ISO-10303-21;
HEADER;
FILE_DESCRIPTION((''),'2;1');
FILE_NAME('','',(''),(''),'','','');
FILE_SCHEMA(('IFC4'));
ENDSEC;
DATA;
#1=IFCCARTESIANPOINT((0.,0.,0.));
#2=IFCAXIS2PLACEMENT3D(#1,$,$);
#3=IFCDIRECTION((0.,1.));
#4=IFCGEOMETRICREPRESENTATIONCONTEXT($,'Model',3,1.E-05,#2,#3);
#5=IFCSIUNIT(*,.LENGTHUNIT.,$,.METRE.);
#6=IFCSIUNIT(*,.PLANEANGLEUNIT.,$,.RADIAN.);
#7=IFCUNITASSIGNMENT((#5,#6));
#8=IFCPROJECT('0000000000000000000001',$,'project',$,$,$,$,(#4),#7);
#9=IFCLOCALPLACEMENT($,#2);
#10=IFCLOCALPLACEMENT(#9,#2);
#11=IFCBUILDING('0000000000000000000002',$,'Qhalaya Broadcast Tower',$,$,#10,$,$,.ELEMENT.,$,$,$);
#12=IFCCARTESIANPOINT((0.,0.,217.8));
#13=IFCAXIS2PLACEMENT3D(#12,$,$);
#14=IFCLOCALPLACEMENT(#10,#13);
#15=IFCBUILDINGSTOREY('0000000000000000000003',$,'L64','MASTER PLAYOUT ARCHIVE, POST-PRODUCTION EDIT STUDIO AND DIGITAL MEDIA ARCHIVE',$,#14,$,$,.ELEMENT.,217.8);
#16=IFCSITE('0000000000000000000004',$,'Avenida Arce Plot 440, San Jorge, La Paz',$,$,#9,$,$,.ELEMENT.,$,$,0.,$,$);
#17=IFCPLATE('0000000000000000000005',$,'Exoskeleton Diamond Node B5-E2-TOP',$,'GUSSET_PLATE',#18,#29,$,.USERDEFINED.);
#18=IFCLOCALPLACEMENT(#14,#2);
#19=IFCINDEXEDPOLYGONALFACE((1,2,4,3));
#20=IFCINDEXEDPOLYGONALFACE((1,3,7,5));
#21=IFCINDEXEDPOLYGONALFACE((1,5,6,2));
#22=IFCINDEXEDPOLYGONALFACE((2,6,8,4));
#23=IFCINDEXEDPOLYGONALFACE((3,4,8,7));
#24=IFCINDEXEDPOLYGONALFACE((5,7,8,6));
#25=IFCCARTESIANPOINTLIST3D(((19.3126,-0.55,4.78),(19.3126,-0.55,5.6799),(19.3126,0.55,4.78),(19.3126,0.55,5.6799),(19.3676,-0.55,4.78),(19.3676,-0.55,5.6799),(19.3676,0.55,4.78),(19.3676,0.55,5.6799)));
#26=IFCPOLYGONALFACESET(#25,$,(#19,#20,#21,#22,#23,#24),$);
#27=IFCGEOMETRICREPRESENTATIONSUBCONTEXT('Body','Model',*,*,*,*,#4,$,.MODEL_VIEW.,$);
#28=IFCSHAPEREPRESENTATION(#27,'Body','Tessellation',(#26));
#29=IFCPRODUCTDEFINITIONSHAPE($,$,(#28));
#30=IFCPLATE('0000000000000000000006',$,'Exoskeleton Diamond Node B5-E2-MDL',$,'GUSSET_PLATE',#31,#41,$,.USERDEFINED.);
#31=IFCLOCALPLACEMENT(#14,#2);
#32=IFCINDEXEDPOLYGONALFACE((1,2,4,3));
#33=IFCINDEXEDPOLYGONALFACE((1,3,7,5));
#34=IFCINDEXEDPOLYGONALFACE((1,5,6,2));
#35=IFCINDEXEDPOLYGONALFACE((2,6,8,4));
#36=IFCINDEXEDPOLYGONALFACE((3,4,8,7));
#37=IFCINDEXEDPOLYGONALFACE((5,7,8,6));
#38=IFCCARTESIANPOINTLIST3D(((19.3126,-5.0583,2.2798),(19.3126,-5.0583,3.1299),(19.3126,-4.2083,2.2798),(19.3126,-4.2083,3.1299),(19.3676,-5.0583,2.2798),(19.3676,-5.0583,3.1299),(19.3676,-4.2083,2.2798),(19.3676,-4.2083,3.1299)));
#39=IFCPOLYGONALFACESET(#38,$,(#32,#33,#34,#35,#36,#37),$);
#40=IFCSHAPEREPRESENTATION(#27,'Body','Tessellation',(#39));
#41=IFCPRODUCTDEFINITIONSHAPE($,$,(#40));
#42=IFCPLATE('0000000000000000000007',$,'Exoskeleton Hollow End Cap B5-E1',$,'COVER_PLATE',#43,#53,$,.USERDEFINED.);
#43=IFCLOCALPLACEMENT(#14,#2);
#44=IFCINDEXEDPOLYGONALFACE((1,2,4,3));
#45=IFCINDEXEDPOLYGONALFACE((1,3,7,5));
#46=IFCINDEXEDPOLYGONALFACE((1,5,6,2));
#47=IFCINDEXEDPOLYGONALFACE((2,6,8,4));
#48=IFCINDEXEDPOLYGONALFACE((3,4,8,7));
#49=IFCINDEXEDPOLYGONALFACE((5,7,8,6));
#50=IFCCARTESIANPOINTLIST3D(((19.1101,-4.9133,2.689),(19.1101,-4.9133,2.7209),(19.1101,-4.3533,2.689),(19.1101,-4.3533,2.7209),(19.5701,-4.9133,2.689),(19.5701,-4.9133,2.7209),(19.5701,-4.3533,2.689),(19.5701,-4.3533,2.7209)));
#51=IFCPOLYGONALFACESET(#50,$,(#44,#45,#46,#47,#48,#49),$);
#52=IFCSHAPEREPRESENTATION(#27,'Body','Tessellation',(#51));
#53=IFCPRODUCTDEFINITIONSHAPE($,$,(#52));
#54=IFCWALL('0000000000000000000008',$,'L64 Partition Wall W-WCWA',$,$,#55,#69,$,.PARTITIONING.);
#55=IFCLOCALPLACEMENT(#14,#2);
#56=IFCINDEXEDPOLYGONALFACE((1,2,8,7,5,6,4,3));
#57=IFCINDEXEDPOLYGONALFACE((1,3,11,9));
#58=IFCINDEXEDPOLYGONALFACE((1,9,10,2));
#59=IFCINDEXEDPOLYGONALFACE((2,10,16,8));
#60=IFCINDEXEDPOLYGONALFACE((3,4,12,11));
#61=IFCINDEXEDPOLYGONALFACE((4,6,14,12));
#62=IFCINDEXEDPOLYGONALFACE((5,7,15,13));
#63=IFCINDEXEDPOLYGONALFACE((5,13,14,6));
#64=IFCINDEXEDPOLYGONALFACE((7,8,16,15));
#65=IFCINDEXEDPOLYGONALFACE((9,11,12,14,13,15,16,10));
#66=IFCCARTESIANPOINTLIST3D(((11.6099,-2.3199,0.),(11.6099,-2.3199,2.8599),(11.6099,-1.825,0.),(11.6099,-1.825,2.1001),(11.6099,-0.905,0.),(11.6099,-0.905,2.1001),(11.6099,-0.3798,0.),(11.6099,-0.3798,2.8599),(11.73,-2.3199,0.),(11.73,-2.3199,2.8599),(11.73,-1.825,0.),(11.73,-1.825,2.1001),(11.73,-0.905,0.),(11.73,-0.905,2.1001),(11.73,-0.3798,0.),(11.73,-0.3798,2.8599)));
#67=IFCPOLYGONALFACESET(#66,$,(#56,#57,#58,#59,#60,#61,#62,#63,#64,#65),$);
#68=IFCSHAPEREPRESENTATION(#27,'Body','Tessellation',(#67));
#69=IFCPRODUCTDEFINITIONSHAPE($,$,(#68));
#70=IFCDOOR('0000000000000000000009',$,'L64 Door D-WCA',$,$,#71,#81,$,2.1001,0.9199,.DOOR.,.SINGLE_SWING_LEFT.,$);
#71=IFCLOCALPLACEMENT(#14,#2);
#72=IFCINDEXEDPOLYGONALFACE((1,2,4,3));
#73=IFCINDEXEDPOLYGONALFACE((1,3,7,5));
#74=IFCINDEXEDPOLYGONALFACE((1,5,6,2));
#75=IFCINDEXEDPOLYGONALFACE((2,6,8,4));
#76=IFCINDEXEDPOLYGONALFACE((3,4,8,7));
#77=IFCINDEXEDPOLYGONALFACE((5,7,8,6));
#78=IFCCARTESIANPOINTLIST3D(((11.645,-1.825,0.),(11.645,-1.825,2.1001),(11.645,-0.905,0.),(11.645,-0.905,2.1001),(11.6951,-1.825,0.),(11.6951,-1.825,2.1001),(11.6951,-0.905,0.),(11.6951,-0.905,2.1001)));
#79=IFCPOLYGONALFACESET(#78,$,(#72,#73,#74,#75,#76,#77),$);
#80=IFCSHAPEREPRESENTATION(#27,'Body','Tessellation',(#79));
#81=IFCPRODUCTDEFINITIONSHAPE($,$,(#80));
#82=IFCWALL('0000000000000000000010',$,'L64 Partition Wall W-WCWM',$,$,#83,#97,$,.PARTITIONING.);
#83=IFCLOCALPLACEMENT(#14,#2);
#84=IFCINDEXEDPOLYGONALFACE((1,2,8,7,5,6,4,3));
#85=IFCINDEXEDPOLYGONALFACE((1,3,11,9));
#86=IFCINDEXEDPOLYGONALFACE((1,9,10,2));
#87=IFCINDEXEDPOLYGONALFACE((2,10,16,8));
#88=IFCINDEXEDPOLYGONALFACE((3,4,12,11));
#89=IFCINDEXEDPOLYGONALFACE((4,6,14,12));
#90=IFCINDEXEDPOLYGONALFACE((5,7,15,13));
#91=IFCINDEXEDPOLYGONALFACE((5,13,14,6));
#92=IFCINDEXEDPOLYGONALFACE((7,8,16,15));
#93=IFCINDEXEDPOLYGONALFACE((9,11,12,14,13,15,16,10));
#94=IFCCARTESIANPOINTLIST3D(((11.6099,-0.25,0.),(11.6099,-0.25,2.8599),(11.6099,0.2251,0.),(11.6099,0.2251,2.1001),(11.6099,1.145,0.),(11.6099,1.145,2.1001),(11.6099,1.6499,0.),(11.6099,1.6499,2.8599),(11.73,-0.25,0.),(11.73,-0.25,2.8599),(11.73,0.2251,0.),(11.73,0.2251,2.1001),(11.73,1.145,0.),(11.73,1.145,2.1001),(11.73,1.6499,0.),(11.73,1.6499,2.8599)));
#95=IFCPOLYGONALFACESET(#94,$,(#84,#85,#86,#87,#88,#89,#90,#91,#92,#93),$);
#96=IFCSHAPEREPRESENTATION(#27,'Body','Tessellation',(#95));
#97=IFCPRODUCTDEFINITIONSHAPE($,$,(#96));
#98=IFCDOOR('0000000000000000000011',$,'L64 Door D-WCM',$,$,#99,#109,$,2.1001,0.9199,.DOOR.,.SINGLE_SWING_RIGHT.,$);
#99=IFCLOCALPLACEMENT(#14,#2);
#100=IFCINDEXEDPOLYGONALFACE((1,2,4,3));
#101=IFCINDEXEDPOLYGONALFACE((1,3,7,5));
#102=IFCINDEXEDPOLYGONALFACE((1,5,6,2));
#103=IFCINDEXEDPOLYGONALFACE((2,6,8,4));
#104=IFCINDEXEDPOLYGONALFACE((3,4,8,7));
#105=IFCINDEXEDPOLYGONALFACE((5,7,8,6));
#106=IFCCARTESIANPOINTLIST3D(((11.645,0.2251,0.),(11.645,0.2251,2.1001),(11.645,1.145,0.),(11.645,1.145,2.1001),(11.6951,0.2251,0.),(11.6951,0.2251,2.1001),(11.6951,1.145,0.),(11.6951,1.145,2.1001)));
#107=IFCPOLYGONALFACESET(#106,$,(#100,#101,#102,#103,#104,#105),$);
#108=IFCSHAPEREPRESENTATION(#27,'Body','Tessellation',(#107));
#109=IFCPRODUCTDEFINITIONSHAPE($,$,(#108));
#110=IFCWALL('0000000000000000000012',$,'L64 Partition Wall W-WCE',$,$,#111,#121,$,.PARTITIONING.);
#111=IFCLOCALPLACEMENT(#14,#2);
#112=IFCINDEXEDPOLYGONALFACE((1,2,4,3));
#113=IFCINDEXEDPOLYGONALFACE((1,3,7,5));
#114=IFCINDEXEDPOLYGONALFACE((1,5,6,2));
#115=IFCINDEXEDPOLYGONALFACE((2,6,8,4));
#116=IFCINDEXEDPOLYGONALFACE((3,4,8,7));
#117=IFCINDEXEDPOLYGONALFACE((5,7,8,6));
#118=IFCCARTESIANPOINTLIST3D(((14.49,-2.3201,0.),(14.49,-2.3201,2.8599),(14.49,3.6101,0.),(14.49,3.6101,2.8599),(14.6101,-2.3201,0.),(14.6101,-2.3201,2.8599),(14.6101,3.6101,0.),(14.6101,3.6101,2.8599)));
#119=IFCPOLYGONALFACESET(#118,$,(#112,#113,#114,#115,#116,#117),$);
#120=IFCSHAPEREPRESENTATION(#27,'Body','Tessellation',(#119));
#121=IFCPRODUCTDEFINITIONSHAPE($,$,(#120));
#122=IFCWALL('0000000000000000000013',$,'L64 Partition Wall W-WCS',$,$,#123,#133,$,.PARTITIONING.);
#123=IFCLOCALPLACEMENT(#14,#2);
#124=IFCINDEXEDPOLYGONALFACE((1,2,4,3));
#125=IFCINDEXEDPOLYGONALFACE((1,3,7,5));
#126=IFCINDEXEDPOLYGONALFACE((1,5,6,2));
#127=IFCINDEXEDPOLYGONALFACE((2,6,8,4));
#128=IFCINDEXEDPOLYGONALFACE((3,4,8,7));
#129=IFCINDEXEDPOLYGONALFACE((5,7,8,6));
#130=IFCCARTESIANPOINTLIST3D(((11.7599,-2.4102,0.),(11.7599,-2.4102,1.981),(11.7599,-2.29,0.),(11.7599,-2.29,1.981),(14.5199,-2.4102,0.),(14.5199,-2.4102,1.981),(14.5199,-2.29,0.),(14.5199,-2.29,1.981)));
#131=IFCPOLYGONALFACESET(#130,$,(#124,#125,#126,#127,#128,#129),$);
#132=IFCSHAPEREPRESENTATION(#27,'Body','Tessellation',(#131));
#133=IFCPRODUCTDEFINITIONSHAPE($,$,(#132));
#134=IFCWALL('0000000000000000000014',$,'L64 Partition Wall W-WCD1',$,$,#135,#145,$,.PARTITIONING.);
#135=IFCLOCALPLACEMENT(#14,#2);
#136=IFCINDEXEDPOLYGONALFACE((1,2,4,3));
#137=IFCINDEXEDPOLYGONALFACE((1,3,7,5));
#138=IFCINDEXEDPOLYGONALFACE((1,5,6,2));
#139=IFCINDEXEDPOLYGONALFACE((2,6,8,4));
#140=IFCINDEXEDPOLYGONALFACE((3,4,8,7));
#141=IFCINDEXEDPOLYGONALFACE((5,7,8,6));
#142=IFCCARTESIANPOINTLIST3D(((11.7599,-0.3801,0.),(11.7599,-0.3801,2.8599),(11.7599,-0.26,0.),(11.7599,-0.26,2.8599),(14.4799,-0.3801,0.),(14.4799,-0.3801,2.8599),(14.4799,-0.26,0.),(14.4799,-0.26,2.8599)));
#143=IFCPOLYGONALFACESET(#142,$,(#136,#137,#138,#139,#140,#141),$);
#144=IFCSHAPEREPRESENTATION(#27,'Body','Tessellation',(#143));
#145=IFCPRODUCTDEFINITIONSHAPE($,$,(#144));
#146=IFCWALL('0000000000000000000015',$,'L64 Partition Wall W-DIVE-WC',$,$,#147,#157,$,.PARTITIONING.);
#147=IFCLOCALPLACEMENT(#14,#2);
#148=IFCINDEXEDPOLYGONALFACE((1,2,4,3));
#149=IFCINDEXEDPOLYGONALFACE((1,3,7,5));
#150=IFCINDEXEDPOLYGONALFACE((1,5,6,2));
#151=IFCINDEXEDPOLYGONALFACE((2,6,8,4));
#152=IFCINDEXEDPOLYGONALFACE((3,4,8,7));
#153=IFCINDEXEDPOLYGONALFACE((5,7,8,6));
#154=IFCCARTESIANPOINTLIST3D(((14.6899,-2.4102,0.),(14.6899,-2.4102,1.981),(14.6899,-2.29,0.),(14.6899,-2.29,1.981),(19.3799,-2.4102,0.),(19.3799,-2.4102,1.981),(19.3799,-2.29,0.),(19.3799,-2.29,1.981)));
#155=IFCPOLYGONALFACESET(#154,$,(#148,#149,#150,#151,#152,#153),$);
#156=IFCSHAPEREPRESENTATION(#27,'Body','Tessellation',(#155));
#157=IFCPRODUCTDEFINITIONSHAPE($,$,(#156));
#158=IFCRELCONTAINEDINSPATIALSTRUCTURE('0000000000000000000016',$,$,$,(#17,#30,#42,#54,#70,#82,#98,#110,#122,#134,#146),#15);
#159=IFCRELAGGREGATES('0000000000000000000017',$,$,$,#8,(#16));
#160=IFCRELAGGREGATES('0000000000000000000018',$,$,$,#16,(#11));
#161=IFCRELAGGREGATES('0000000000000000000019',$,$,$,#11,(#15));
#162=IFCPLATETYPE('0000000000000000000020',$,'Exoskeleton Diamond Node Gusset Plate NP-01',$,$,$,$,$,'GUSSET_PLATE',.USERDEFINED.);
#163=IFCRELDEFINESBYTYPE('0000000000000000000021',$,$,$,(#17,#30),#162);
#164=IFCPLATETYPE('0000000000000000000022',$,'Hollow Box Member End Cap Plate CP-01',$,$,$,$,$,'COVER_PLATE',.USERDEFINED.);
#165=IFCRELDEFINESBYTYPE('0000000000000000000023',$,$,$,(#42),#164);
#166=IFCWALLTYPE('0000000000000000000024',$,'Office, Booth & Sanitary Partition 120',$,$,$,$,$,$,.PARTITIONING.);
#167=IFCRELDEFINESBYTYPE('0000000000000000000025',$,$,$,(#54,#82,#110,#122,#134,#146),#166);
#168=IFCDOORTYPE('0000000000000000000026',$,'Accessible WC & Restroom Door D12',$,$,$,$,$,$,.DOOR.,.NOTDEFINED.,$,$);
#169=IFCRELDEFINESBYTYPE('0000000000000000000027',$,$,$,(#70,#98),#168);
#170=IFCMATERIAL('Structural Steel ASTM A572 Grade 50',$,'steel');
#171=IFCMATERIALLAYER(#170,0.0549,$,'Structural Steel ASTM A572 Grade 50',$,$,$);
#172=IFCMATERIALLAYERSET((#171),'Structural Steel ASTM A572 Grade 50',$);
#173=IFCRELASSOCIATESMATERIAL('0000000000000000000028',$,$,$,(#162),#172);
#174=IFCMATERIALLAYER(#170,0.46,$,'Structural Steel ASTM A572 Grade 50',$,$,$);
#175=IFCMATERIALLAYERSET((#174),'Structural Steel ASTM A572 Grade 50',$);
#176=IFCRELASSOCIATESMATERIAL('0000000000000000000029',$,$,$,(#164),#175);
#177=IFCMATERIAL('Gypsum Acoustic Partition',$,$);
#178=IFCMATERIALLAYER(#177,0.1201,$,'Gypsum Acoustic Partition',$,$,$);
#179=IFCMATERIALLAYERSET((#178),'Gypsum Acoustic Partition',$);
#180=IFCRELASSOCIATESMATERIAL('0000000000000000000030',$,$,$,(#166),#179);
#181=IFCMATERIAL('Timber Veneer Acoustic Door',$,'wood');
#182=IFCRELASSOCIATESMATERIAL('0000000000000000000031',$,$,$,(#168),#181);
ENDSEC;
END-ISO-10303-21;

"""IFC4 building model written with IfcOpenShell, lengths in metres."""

from ifc_helpers import new_model, si_unit, direction, frame, frame_2d, origin, origin_2d, place, context, subcontext, project, spatial, rectangle, extrude, material, layer, layer_set, type_object, element, fill, save


model = new_model("IFC4")

# Units and contexts
model_context = context("Model", 3, precision=1e-05, world=origin(), true_north=direction((0.0, 1.0)))
body_context = subcontext(model_context, "Body", "Model", "MODEL_VIEW")
ifc_project = project(units=[si_unit("LENGTHUNIT", "METRE"), si_unit("PLANEANGLEUNIT", "RADIAN")], contexts=[model_context])

# Site, building, storey
site_placement = place(None, origin())
site = spatial("IfcSite", under=ifc_project, at=site_placement, Name="Avenida Arce Plot 440, San Jorge, La Paz", CompositionType="ELEMENT", RefElevation=0.0)
building_placement = place(site_placement, origin())
building = spatial("IfcBuilding", under=site, at=building_placement, Name="Qhalaya Broadcast Tower", CompositionType="ELEMENT")
storey_placement = place(building_placement, frame((0.0, 0.0, 217.8)))
storey = spatial("IfcBuildingStorey", under=building, at=storey_placement, Name="L64", Description="MASTER PLAYOUT ARCHIVE, POST-PRODUCTION EDIT STUDIO AND DIGITAL MEDIA ARCHIVE", CompositionType="ELEMENT", Elevation=217.8)

# Shared definitions
ifc_material_1 = material(Name="Structural Steel ASTM A572 Grade 50", Category="steel")

# Plates
ifc_layer_1 = layer(ifc_material_1, 0.0549, Name="Structural Steel ASTM A572 Grade 50")
ifc_layer_set_1 = layer_set([ifc_layer_1], Name="Structural Steel ASTM A572 Grade 50")
plate_type_1 = type_object("IfcPlateType", Name="Exoskeleton Diamond Node Gusset Plate NP-01", ElementType="GUSSET_PLATE", PredefinedType="USERDEFINED", material=ifc_layer_set_1)
for number, where, z_axis, x_axis, name in (
    (1, (19.3401, 0.0, 4.78), (0.0, 0.0, 1.0), (0.0, 1.0, 0.0), "Exoskeleton Diamond Node B5-E2-TOP"),
):
    element("IfcPlate", number, at=place(storey_placement, frame(where, z_axis=z_axis, x_axis=x_axis)), inside=storey, type_object=plate_type_1, Name=name, ObjectType="GUSSET_PLATE", PredefinedType="USERDEFINED", context=body_context, shape_type="SweptSolid", body=[
        extrude(rectangle(XDim=1.1001, YDim=0.0549, at=origin_2d()), origin(), (0.0, 0.0, 1.0), 0.8999),
    ])
plate_1_placement = place(storey_placement, frame((19.3401, -4.6333, 2.2798), z_axis=(0.0, 0.0, 1.0), x_axis=(0.0, 1.0, 0.0)))
element("IfcPlate", 2, at=plate_1_placement, inside=storey, type_object=plate_type_1, Name="Exoskeleton Diamond Node B5-E2-MDL", ObjectType="GUSSET_PLATE", PredefinedType="USERDEFINED", context=body_context, shape_type="SweptSolid", body=[
    extrude(rectangle(XDim=0.8501, YDim=0.0549, at=origin_2d()), origin(), (0.0, 0.0, 1.0), 0.8501),
])
ifc_layer_2 = layer(ifc_material_1, 0.46, Name="Structural Steel ASTM A572 Grade 50")
ifc_layer_set_2 = layer_set([ifc_layer_2], Name="Structural Steel ASTM A572 Grade 50")
plate_type_2 = type_object("IfcPlateType", Name="Hollow Box Member End Cap Plate CP-01", ElementType="COVER_PLATE", PredefinedType="USERDEFINED", material=ifc_layer_set_2)
plate_2_placement = place(storey_placement, frame((19.3401, -4.6333, 2.689), z_axis=(0.0, 0.0, 1.0), x_axis=(0.0, 1.0, 0.0)))
element("IfcPlate", 3, at=plate_2_placement, inside=storey, type_object=plate_type_2, Name="Exoskeleton Hollow End Cap B5-E1", ObjectType="COVER_PLATE", PredefinedType="USERDEFINED", context=body_context, shape_type="SweptSolid", body=[
    extrude(rectangle(XDim=0.5601, YDim=0.46, at=origin_2d()), origin(), (0.0, 0.0, 1.0), 0.032),
])

# Walls, openings, doors
ifc_material_2 = material(Name="Gypsum Acoustic Partition")
ifc_layer_3 = layer(ifc_material_2, 0.1201, Name="Gypsum Acoustic Partition")
ifc_layer_set_3 = layer_set([ifc_layer_3], Name="Gypsum Acoustic Partition")
wall_type = type_object("IfcWallType", Name="Office, Booth & Sanitary Partition 120", PredefinedType="PARTITIONING", material=ifc_layer_set_3)
wall_1_placement = place(storey_placement, frame((11.6699, -2.3201, 0.0), z_axis=(0.0, 0.0, 1.0), x_axis=(0.0, 1.0, 0.0)))
wall_1 = element("IfcWall", 4, at=wall_1_placement, inside=storey, type_object=wall_type, Name="L64 Partition Wall W-WCWA", PredefinedType="PARTITIONING", context=body_context, shape_type="SweptSolid", body=[
    extrude(rectangle(XDim=1.9402, YDim=0.1201, at=frame_2d((0.9702, 0.0))), origin(), (0.0, 0.0, 1.0), 2.8599),
])
opening_1_placement = place(wall_1_placement, frame((0.4951, 0.0, 0.0)))
opening_1 = element("IfcOpeningElement", 5, at=opening_1_placement, cuts=wall_1, PredefinedType="OPENING", context=body_context, shape_type="SweptSolid", body=[
    extrude(rectangle(XDim=0.9199, YDim=2.1001, at=frame_2d((0.46, 1.05))), frame((0.0, 0.072, 0.0), z_axis=(0.0, -1.0, 0.0), x_axis=(1.0, 0.0, 0.0)), (0.0, 0.0, 1.0), 0.144),
])
ifc_material_3 = material(Name="Timber Veneer Acoustic Door", Category="wood")
door_type = type_object("IfcDoorType", Name="Accessible WC & Restroom Door D12", OperationType="NOTDEFINED", PredefinedType="DOOR", material=ifc_material_3)
door_1_placement = place(opening_1_placement, origin())
door_1 = element("IfcDoor", 6, at=door_1_placement, inside=storey, type_object=door_type, Name="L64 Door D-WCA", OperationType="SINGLE_SWING_LEFT", OverallHeight=2.1001, OverallWidth=0.9199, PredefinedType="DOOR", context=body_context, shape_type="SweptSolid", body=[
    extrude(rectangle(XDim=0.9199, YDim=2.1001, at=frame_2d((0.46, 1.05))), frame((0.0, 0.0249, 0.0), z_axis=(0.0, -1.0, 0.0), x_axis=(1.0, 0.0, 0.0)), (0.0, 0.0, 1.0), 0.05),
])
fill(opening_1, door_1)
wall_2_placement = place(storey_placement, frame((11.6699, -0.25, 0.0), z_axis=(0.0, 0.0, 1.0), x_axis=(0.0, 1.0, 0.0)))
wall_2 = element("IfcWall", 7, at=wall_2_placement, inside=storey, type_object=wall_type, Name="L64 Partition Wall W-WCWM", PredefinedType="PARTITIONING", context=body_context, shape_type="SweptSolid", body=[
    extrude(rectangle(XDim=1.8999, YDim=0.1201, at=frame_2d((0.95, 0.0))), origin(), (0.0, 0.0, 1.0), 2.8599),
])
opening_2_placement = place(wall_2_placement, frame((0.4751, 0.0, 0.0)))
opening_2 = element("IfcOpeningElement", 8, at=opening_2_placement, cuts=wall_2, PredefinedType="OPENING", context=body_context, shape_type="SweptSolid", body=[
    extrude(rectangle(XDim=0.9199, YDim=2.1001, at=frame_2d((0.46, 1.05))), frame((0.0, 0.072, 0.0), z_axis=(0.0, -1.0, 0.0), x_axis=(1.0, 0.0, 0.0)), (0.0, 0.0, 1.0), 0.144),
])
door_2_placement = place(opening_2_placement, origin())
door_2 = element("IfcDoor", 9, at=door_2_placement, inside=storey, type_object=door_type, Name="L64 Door D-WCM", OperationType="SINGLE_SWING_RIGHT", OverallHeight=2.1001, OverallWidth=0.9199, PredefinedType="DOOR", context=body_context, shape_type="SweptSolid", body=[
    extrude(rectangle(XDim=0.9199, YDim=2.1001, at=frame_2d((0.46, 1.05))), frame((0.0, 0.0249, 0.0), z_axis=(0.0, -1.0, 0.0), x_axis=(1.0, 0.0, 0.0)), (0.0, 0.0, 1.0), 0.05),
])
fill(opening_2, door_2)

# Walls
wall_3_placement = place(storey_placement, frame((14.55, -2.3201, 0.0), z_axis=(0.0, 0.0, 1.0), x_axis=(0.0, 1.0, 0.0)))
element("IfcWall", 10, at=wall_3_placement, inside=storey, type_object=wall_type, Name="L64 Partition Wall W-WCE", PredefinedType="PARTITIONING", context=body_context, shape_type="SweptSolid", body=[
    extrude(rectangle(XDim=5.9302, YDim=0.1201, at=frame_2d((2.9651, 0.0))), origin(), (0.0, 0.0, 1.0), 2.8599),
])
wall_4_placement = place(storey_placement, frame((11.76, -2.3501, 0.0), z_axis=(0.0, 0.0, 1.0), x_axis=(1.0, 0.0, 0.0)))
element("IfcWall", 11, at=wall_4_placement, inside=storey, type_object=wall_type, Name="L64 Partition Wall W-WCS", PredefinedType="PARTITIONING", context=body_context, shape_type="SweptSolid", body=[
    extrude(rectangle(XDim=2.76, YDim=0.1201, at=frame_2d((1.3799, 0.0))), origin(), (0.0, 0.0, 1.0), 1.981),
])
wall_5_placement = place(storey_placement, frame((11.76, -0.3201, 0.0), z_axis=(0.0, 0.0, 1.0), x_axis=(1.0, 0.0, 0.0)))
element("IfcWall", 12, at=wall_5_placement, inside=storey, type_object=wall_type, Name="L64 Partition Wall W-WCD1", PredefinedType="PARTITIONING", context=body_context, shape_type="SweptSolid", body=[
    extrude(rectangle(XDim=2.72, YDim=0.1201, at=frame_2d((1.3599, 0.0))), origin(), (0.0, 0.0, 1.0), 2.8599),
])
wall_6_placement = place(storey_placement, frame((14.6899, -2.3501, 0.0), z_axis=(0.0, 0.0, 1.0), x_axis=(1.0, 0.0, 0.0)))
element("IfcWall", 13, at=wall_6_placement, inside=storey, type_object=wall_type, Name="L64 Partition Wall W-DIVE-WC", PredefinedType="PARTITIONING", context=body_context, shape_type="SweptSolid", body=[
    extrude(rectangle(XDim=4.6899, YDim=0.1201, at=frame_2d((2.345, 0.0))), origin(), (0.0, 0.0, 1.0), 1.981),
])

save(model, "model.ifc")
